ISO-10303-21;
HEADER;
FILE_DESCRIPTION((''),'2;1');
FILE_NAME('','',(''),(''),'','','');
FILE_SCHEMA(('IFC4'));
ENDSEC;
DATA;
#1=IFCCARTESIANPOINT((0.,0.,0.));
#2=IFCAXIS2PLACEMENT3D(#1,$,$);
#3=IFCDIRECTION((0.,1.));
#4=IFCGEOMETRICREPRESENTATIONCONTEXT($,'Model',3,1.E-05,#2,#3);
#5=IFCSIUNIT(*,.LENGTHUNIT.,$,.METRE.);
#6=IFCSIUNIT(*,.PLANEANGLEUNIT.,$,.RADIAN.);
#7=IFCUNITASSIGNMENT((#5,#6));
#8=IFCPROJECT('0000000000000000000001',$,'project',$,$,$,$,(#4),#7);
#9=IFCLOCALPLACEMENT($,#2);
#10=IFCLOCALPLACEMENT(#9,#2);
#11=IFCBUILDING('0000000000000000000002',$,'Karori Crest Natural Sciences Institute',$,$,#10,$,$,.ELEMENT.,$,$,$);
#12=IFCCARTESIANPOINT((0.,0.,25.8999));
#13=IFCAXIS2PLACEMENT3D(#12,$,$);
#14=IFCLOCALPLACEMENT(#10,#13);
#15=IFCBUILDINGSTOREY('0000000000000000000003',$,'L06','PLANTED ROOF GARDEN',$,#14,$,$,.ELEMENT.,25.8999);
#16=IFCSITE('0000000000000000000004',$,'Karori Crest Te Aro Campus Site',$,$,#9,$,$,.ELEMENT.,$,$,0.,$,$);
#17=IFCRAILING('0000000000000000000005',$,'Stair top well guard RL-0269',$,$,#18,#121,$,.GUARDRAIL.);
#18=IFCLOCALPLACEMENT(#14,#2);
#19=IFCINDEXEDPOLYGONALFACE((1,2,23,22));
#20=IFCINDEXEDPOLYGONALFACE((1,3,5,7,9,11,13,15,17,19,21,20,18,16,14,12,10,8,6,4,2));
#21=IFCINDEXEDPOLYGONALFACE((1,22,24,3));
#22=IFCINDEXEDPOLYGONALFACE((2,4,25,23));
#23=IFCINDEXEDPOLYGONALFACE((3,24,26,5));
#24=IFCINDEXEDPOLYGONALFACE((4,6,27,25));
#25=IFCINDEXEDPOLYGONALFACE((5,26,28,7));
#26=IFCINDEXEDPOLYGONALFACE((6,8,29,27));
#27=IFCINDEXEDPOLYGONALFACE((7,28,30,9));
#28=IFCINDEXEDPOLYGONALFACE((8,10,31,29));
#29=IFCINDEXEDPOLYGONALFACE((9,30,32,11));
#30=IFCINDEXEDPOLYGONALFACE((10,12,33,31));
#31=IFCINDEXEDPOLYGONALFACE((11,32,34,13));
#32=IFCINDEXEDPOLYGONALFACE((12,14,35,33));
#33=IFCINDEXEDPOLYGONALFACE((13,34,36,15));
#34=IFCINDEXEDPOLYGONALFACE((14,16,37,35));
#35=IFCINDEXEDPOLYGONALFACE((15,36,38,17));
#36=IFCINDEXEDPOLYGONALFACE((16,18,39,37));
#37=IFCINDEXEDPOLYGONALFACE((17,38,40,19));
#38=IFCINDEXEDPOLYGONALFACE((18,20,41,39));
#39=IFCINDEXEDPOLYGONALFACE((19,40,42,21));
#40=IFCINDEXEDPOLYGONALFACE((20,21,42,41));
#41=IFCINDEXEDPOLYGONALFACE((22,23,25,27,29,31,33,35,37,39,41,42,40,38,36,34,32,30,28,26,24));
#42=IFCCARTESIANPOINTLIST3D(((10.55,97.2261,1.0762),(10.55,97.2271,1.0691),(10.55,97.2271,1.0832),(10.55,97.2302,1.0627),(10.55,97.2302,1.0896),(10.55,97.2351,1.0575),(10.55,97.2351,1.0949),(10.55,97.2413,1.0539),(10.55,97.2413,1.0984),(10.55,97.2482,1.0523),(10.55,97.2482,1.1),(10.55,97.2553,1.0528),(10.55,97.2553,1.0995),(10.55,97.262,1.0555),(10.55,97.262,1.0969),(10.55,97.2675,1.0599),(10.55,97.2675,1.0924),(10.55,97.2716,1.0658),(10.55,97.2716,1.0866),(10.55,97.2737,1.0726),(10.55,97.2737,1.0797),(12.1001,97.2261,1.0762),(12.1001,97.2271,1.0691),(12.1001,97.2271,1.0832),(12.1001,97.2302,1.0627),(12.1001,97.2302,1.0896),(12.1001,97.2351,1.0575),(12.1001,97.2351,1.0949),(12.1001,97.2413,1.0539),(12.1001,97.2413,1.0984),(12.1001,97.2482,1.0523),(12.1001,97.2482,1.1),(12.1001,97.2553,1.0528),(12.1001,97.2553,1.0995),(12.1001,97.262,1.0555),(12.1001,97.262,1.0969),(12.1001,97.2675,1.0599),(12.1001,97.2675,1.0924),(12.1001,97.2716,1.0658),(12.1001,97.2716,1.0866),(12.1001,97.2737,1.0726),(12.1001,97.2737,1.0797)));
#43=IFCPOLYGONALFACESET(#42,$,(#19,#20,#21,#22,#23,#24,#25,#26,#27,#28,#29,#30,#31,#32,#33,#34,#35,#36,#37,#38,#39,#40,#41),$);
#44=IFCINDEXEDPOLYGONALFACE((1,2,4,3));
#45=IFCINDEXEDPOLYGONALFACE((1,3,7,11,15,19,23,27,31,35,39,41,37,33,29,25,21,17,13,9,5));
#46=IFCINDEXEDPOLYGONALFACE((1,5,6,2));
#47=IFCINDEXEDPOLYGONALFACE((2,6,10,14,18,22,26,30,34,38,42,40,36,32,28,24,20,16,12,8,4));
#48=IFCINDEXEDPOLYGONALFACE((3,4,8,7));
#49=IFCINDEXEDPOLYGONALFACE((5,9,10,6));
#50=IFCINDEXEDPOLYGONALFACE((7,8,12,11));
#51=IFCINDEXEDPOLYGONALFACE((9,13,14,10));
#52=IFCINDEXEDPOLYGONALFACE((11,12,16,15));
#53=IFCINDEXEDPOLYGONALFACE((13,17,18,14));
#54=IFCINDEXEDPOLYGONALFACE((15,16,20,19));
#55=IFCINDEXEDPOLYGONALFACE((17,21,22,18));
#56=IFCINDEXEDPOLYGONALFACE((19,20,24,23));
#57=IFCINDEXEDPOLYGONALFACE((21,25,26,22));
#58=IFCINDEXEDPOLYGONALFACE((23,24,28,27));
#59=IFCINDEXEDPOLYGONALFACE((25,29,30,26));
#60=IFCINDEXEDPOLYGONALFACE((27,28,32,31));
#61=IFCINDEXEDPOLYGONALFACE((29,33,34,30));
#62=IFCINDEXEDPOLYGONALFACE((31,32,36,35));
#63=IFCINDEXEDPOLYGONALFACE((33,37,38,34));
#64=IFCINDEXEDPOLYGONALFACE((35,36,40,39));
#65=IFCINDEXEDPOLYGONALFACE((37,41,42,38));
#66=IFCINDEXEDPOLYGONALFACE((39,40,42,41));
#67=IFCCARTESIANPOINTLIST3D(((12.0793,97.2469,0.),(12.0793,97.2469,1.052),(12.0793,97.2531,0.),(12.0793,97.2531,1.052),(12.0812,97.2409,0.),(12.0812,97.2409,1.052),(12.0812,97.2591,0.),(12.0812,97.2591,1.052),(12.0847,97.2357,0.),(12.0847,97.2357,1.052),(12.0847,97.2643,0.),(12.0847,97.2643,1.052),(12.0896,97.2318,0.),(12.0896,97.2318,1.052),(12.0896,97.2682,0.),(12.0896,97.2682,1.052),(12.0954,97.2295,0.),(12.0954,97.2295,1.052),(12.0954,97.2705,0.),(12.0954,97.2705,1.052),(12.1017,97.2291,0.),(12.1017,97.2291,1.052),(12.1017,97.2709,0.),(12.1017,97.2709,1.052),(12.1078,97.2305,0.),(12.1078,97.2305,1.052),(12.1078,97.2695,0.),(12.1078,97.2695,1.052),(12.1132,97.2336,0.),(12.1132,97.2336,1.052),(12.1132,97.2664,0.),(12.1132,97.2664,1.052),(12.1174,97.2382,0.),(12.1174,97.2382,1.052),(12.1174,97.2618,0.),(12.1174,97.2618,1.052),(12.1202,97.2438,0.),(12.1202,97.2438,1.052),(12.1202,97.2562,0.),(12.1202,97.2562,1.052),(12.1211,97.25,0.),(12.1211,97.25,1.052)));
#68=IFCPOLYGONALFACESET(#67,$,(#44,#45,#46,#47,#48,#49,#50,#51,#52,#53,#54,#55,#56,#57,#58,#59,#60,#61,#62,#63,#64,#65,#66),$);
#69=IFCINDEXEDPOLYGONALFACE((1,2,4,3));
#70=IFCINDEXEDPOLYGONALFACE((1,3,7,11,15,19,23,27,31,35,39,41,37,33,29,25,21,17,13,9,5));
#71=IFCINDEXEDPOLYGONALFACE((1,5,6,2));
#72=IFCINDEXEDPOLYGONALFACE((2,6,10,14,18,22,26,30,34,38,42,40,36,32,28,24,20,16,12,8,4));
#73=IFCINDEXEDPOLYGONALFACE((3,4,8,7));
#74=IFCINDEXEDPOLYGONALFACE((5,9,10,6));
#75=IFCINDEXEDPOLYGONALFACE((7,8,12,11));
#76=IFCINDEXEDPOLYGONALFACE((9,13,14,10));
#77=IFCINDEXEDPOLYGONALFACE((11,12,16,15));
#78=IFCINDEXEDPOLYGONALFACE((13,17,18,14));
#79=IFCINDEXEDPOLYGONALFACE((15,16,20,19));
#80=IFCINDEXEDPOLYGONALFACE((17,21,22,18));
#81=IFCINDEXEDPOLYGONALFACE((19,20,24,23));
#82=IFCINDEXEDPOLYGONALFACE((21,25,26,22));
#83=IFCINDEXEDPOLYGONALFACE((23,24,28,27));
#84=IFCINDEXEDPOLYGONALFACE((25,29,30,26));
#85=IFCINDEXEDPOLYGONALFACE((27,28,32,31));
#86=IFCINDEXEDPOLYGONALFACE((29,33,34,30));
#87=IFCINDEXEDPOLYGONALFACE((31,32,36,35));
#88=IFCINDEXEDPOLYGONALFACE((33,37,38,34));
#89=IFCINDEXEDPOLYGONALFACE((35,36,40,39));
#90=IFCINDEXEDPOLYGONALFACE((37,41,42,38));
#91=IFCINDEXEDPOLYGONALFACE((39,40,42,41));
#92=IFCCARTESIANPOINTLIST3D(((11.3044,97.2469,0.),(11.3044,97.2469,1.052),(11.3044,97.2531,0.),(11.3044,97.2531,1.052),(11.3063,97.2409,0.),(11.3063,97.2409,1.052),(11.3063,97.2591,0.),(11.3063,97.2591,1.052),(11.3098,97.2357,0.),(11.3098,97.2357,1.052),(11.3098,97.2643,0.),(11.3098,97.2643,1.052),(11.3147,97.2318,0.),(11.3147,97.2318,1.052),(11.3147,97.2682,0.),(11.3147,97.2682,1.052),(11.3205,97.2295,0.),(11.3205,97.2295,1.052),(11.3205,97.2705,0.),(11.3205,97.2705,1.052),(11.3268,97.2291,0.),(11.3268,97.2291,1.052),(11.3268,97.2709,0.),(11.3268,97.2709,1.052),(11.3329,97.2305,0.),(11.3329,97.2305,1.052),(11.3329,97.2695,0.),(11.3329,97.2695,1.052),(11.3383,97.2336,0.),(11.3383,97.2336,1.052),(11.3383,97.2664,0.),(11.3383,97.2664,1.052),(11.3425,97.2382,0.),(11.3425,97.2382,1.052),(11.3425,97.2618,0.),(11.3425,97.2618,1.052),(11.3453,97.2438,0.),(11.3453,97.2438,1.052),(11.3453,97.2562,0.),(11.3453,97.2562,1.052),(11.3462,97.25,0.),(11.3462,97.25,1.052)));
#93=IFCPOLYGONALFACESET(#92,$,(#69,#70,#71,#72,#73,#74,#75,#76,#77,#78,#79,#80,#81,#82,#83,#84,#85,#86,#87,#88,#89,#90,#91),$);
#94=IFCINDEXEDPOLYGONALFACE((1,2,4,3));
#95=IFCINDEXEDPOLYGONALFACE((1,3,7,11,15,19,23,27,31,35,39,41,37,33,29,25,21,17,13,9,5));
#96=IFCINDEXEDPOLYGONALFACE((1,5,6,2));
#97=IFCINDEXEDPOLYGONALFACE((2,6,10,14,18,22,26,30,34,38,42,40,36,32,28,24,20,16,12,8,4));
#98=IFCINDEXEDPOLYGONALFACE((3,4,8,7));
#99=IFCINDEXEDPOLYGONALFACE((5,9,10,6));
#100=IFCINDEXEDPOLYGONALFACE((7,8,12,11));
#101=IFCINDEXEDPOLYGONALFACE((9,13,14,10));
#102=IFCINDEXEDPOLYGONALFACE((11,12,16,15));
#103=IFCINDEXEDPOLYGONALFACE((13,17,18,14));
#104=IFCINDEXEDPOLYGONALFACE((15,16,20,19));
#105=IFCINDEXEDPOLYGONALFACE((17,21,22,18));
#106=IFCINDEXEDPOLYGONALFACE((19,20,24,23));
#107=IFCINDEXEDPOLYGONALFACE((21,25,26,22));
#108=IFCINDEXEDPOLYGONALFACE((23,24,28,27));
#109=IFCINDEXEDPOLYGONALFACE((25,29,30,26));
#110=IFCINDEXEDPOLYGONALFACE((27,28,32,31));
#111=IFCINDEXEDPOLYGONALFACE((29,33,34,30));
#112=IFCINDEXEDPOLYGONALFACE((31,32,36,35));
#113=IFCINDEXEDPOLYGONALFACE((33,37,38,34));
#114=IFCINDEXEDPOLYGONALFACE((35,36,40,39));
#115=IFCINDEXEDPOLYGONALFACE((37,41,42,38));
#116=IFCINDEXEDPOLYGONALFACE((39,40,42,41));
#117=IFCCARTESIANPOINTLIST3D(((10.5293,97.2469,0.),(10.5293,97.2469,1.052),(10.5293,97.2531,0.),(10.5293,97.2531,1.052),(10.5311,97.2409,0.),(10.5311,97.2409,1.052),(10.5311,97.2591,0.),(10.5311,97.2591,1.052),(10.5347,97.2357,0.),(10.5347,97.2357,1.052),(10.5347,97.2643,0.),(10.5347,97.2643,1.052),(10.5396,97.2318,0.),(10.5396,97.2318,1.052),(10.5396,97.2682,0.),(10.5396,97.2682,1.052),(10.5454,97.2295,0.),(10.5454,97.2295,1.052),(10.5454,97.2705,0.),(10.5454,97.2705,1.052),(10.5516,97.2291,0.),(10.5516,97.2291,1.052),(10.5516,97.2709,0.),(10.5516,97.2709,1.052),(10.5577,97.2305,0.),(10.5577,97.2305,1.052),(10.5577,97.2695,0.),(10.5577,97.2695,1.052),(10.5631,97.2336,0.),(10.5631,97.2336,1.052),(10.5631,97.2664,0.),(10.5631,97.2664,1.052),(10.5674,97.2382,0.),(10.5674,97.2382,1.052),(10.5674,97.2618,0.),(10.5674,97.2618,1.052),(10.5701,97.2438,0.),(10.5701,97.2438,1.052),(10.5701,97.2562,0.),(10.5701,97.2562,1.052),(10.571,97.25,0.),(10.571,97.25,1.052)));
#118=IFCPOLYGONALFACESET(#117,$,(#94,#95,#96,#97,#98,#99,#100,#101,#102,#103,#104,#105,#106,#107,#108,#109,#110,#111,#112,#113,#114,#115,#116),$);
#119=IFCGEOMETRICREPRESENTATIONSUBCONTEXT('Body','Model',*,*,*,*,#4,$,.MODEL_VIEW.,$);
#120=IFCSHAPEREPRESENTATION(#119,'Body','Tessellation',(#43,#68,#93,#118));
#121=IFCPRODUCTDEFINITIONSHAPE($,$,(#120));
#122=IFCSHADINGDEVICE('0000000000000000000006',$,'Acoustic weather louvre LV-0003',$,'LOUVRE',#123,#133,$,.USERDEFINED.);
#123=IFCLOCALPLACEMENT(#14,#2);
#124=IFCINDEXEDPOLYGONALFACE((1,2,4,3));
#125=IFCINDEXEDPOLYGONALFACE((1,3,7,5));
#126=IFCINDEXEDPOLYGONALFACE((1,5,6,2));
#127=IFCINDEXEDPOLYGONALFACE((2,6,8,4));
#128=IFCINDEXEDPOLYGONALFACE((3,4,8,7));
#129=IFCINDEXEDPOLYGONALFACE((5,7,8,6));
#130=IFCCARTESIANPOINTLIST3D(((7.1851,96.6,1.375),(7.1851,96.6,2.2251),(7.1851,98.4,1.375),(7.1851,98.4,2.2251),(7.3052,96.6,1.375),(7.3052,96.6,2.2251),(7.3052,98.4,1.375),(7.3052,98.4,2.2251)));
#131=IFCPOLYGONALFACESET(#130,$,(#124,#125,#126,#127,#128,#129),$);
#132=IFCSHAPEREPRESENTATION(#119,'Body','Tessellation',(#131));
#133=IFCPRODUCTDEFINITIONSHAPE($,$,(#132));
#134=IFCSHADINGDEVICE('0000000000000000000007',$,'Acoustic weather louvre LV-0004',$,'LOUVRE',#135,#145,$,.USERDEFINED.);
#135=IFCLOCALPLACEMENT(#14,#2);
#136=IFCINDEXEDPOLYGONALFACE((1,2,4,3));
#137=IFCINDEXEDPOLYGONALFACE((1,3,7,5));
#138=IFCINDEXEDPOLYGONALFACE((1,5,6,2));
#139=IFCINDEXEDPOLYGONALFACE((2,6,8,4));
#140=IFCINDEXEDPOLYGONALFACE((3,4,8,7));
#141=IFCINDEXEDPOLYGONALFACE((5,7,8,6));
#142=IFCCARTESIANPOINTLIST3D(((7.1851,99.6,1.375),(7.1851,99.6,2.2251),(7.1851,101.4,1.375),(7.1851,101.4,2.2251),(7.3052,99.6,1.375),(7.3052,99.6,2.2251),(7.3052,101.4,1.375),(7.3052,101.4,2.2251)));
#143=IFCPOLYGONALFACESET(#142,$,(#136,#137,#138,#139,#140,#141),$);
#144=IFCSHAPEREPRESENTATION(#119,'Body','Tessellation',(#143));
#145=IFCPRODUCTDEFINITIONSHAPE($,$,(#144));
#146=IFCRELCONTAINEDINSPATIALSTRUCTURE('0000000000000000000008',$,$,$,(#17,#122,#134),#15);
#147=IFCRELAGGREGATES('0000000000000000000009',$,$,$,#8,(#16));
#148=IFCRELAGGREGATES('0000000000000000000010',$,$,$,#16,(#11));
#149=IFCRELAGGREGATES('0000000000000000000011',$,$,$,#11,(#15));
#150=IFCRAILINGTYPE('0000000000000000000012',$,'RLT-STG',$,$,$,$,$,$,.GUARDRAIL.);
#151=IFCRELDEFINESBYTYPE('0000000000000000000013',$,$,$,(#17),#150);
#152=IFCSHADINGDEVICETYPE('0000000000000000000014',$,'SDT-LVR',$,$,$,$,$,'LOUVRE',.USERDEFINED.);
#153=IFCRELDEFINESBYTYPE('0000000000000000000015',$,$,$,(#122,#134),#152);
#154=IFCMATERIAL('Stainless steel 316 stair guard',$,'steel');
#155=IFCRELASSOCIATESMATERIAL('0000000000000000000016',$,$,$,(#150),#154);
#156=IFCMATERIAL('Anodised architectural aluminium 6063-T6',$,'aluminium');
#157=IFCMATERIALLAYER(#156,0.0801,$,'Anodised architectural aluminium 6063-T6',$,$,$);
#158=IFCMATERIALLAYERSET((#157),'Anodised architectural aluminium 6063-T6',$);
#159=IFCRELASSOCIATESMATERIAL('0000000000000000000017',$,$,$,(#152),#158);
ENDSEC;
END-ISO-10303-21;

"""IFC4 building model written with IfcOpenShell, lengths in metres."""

from ifc_helpers import new_model, si_unit, direction, frame, origin, origin_2d, place, context, subcontext, project, spatial, rectangle, circle, extrude, material, layer, layer_set, type_object, element, save


model = new_model("IFC4")

# Units and contexts
model_context = context("Model", 3, precision=1e-05, world=origin(), true_north=direction((0.0, 1.0)))
body_context = subcontext(model_context, "Body", "Model", "MODEL_VIEW")
ifc_project = project(units=[si_unit("LENGTHUNIT", "METRE"), si_unit("PLANEANGLEUNIT", "RADIAN")], contexts=[model_context])

# Site, building, storey
site_placement = place(None, origin())
site = spatial("IfcSite", under=ifc_project, at=site_placement, Name="Karori Crest Te Aro Campus Site", CompositionType="ELEMENT", RefElevation=0.0)
building_placement = place(site_placement, origin())
building = spatial("IfcBuilding", under=site, at=building_placement, Name="Karori Crest Natural Sciences Institute", CompositionType="ELEMENT")
storey_placement = place(building_placement, frame((0.0, 0.0, 25.8999)))
storey = spatial("IfcBuildingStorey", under=building, at=storey_placement, Name="L06", Description="PLANTED ROOF GARDEN", CompositionType="ELEMENT", Elevation=25.8999)

# Railing
ifc_material_1 = material(Name="Stainless steel 316 stair guard", Category="steel")
railing_type = type_object("IfcRailingType", Name="RLT-STG", PredefinedType="GUARDRAIL", material=ifc_material_1)
railing_placement = place(storey_placement, frame((12.1001, 97.25, 0.0)))
element("IfcRailing", 1, at=railing_placement, inside=storey, type_object=railing_type, Name="Stair top well guard RL-0269", PredefinedType="GUARDRAIL", context=body_context, shape_type="SweptSolid", body=[
    extrude(circle(Radius=0.0239, at=origin_2d()), frame((0.0, 0.0, 1.0762), z_axis=(-1.0, 0.0, 0.0), x_axis=(0.0, -1.0, 0.0)), (0.0, 0.0, 1.0), 1.55),
    extrude(circle(Radius=0.021, at=origin_2d()), origin(), (0.0, 0.0, 1.0), 1.052),
    extrude(circle(Radius=0.021, at=origin_2d()), frame((-0.7749, 0.0, 0.0)), (0.0, 0.0, 1.0), 1.052),
    extrude(circle(Radius=0.021, at=origin_2d()), frame((-1.55, 0.0, 0.0)), (0.0, 0.0, 1.0), 1.052),
])

# Shading devices
ifc_material_2 = material(Name="Anodised architectural aluminium 6063-T6", Category="aluminium")
ifc_layer_1 = layer(ifc_material_2, 0.0801, Name="Anodised architectural aluminium 6063-T6")
ifc_layer_set_1 = layer_set([ifc_layer_1], Name="Anodised architectural aluminium 6063-T6")
shading_device_type = type_object("IfcShadingDeviceType", Name="SDT-LVR", ElementType="LOUVRE", PredefinedType="USERDEFINED", material=ifc_layer_set_1)
for number, where, z_axis, x_axis, name in (
    (2, (7.2451, 97.5, 1.375), (0.0, 0.0, 1.0), (1.0, 0.0, 0.0), "Acoustic weather louvre LV-0003"),
    (3, (7.2451, 100.5, 1.375), (0.0, 0.0, 1.0), (1.0, 0.0, 0.0), "Acoustic weather louvre LV-0004"),
):
    element("IfcShadingDevice", number, at=place(storey_placement, frame(where, z_axis=z_axis, x_axis=x_axis)), inside=storey, type_object=shading_device_type, Name=name, ObjectType="LOUVRE", PredefinedType="USERDEFINED", context=body_context, shape_type="SweptSolid", body=[
        extrude(rectangle(XDim=0.1201, YDim=1.8, at=origin_2d()), origin(), (0.0, 0.0, 1.0), 0.8501),
    ])

save(model, "model.ifc")
